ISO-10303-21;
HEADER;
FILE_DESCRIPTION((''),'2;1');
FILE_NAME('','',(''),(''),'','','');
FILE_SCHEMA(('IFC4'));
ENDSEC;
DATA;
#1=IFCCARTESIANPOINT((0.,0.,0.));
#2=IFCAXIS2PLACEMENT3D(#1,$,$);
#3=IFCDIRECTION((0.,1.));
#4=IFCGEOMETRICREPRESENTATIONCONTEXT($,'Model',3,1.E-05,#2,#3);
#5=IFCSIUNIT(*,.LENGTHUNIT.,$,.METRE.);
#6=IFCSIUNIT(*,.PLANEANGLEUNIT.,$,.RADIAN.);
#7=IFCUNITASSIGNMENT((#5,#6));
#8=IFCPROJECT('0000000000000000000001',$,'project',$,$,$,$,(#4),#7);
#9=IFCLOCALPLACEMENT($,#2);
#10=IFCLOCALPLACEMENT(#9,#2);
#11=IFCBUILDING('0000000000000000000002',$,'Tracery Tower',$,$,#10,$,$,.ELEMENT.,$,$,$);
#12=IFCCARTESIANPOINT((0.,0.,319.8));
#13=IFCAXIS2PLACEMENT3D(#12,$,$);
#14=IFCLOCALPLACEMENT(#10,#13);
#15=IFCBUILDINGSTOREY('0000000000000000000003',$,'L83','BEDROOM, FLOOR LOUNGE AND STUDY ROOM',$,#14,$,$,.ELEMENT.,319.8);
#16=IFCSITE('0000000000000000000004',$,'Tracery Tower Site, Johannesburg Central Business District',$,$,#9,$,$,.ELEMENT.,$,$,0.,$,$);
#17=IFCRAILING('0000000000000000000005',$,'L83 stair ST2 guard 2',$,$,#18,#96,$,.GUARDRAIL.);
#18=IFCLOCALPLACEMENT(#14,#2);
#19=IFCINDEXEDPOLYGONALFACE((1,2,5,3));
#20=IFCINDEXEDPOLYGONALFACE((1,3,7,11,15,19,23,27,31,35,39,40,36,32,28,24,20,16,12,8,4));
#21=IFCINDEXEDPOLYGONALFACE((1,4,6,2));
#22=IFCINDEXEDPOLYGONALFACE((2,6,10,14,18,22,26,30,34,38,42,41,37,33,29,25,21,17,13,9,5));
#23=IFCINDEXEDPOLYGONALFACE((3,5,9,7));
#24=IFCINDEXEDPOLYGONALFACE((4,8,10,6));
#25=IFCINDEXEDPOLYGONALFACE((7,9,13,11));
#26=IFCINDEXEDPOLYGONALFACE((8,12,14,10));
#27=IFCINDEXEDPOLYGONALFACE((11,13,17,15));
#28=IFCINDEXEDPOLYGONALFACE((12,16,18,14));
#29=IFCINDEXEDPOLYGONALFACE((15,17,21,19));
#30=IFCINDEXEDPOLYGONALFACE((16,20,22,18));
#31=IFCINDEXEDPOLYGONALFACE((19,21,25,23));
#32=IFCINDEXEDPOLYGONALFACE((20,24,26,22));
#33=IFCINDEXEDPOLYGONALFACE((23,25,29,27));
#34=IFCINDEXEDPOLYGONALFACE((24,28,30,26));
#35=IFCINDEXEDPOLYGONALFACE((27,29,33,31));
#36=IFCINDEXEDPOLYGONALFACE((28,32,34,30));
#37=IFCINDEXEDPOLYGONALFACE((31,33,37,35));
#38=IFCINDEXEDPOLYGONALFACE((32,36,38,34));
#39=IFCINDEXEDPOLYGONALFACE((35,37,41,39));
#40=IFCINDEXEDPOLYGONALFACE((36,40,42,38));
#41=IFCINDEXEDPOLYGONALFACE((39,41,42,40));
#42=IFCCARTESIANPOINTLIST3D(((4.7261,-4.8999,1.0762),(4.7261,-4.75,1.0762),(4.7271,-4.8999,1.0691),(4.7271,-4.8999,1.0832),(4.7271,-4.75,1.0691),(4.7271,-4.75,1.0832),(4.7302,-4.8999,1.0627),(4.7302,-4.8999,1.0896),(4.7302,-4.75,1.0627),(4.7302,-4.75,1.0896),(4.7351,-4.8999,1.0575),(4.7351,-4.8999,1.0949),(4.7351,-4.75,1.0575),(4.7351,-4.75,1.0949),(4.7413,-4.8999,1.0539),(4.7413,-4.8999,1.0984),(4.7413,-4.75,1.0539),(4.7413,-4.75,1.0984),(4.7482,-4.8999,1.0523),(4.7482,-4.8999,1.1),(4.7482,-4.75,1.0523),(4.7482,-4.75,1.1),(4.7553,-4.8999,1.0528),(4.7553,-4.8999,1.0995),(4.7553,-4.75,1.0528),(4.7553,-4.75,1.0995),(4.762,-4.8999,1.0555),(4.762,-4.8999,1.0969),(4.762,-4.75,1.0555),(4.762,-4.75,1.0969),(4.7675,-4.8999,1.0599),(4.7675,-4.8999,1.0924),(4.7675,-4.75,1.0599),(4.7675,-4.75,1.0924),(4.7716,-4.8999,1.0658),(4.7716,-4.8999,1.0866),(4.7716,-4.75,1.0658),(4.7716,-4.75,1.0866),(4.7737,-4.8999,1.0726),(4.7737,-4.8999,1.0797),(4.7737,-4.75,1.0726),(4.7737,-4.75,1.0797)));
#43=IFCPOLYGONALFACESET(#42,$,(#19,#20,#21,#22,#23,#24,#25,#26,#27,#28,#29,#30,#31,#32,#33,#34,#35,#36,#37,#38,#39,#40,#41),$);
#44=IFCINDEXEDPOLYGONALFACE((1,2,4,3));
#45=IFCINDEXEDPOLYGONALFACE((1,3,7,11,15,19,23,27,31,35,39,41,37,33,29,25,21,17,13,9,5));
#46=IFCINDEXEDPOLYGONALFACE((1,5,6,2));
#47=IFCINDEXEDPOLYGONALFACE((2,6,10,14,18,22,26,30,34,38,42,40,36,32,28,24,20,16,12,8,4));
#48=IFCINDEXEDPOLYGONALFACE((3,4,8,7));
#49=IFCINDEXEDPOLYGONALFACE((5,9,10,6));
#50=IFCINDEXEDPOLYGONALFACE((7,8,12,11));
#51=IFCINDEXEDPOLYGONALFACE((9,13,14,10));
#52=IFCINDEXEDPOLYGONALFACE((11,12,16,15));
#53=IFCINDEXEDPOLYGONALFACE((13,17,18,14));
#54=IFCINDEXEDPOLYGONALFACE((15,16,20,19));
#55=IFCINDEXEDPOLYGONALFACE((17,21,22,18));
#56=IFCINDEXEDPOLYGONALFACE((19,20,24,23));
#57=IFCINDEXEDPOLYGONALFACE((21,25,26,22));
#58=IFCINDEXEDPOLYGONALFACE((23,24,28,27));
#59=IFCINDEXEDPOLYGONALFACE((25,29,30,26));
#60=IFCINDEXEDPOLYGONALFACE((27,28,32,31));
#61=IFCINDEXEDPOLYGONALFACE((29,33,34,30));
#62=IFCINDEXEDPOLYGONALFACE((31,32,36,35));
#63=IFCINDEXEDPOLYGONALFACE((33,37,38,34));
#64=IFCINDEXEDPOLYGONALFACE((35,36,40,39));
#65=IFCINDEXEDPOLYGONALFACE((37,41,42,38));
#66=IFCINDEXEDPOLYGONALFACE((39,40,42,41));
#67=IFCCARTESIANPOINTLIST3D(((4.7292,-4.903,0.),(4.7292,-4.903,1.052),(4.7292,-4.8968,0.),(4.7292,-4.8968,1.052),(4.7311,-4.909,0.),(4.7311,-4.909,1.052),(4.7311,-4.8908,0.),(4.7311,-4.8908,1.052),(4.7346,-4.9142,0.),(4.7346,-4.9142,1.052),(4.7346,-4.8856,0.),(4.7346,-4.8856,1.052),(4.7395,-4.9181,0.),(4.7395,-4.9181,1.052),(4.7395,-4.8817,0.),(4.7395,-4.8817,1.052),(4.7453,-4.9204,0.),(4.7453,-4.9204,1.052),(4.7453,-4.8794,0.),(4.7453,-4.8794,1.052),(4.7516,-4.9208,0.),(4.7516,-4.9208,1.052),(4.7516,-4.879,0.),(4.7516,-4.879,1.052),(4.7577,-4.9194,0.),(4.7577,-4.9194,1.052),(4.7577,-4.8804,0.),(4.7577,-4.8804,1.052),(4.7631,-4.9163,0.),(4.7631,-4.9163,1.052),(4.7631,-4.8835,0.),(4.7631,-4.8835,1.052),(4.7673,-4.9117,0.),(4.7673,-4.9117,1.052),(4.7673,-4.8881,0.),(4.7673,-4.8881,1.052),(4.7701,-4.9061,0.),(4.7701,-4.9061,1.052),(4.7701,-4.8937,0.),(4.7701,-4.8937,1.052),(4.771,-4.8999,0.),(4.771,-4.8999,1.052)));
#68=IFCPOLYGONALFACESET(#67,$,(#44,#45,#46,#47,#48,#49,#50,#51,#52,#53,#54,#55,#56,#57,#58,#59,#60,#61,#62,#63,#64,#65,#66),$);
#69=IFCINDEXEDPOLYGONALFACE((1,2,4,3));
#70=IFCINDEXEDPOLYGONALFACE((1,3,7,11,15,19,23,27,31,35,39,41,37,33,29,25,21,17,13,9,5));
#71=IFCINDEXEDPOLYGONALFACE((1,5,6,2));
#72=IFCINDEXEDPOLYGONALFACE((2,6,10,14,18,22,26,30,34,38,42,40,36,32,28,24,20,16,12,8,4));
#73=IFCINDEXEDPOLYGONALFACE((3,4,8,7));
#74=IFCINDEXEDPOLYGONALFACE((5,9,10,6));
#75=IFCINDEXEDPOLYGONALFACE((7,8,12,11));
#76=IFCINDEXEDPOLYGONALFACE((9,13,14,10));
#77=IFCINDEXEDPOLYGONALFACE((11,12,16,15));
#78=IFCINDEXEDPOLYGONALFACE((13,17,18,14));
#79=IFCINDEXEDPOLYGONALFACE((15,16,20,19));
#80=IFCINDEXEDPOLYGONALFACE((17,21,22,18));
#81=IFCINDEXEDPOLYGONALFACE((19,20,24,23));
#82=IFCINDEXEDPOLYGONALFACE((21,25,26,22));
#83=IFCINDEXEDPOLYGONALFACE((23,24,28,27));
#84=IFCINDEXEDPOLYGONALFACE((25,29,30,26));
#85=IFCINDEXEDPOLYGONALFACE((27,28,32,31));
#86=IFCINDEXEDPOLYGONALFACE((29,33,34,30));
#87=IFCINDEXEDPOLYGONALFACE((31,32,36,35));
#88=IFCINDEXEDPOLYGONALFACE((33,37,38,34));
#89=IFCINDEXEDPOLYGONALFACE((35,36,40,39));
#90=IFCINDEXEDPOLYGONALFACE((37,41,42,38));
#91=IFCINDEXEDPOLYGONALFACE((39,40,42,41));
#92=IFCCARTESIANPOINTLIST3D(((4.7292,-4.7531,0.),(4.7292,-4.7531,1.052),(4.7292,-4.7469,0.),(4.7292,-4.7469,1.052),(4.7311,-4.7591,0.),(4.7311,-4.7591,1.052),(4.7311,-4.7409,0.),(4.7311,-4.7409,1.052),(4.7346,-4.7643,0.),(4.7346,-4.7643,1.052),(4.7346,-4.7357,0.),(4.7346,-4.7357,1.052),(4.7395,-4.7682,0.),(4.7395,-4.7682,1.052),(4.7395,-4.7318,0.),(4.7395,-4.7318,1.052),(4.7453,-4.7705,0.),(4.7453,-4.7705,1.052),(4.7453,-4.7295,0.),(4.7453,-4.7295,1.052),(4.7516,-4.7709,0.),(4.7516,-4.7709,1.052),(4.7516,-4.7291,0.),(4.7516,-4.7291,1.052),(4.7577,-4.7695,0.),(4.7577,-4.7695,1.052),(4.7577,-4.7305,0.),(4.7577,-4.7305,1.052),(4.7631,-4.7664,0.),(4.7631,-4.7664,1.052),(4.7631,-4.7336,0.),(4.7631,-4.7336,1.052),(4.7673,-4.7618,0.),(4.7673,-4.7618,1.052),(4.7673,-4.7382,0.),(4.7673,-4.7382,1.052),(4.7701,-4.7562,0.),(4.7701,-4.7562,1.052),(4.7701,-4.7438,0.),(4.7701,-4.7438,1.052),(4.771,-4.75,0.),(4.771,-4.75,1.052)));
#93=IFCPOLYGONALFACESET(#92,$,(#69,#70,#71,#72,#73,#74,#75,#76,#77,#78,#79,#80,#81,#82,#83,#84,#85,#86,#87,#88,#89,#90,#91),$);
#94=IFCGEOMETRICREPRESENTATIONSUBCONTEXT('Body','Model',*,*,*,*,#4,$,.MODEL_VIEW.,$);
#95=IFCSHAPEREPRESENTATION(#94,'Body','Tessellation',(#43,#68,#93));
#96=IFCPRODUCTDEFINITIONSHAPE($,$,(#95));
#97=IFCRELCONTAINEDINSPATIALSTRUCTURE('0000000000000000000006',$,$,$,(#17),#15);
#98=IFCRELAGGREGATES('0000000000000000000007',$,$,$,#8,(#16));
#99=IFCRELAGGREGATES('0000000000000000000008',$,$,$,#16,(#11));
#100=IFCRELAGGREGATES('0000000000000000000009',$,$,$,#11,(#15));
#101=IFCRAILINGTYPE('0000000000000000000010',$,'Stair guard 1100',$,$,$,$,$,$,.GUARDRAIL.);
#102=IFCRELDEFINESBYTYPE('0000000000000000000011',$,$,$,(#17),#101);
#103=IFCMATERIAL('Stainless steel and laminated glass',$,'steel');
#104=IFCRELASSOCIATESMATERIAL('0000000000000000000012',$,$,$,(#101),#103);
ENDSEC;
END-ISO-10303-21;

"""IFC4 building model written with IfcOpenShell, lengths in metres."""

from ifc_helpers import new_model, si_unit, direction, frame, origin, origin_2d, place, context, subcontext, project, spatial, circle, extrude, material, type_object, element, save


model = new_model("IFC4")

# Units and contexts
model_context = context("Model", 3, precision=1e-05, world=origin(), true_north=direction((0.0, 1.0)))
body_context = subcontext(model_context, "Body", "Model", "MODEL_VIEW")
ifc_project = project(units=[si_unit("LENGTHUNIT", "METRE"), si_unit("PLANEANGLEUNIT", "RADIAN")], contexts=[model_context])

# Site, building, storey
site_placement = place(None, origin())
site = spatial("IfcSite", under=ifc_project, at=site_placement, Name="Tracery Tower Site, Johannesburg Central Business District", CompositionType="ELEMENT", RefElevation=0.0)
building_placement = place(site_placement, origin())
building = spatial("IfcBuilding", under=site, at=building_placement, Name="Tracery Tower", CompositionType="ELEMENT")
storey_placement = place(building_placement, frame((0.0, 0.0, 319.8)))
storey = spatial("IfcBuildingStorey", under=building, at=storey_placement, Name="L83", Description="BEDROOM, FLOOR LOUNGE AND STUDY ROOM", CompositionType="ELEMENT", Elevation=319.8)

# Railing
ifc_material_1 = material(Name="Stainless steel and laminated glass", Category="steel")
railing_type_1 = type_object("IfcRailingType", Name="Stair guard 1100", PredefinedType="GUARDRAIL", material=ifc_material_1)
railing_1_placement = place(storey_placement, frame((4.75, -4.8999, 0.0)))
element("IfcRailing", 1, at=railing_1_placement, inside=storey, type_object=railing_type_1, Name="L83 stair ST2 guard 2", PredefinedType="GUARDRAIL", context=body_context, shape_type="SweptSolid", body=[
    extrude(circle(Radius=0.0239, at=origin_2d()), frame((0.0, 0.0, 1.0762), z_axis=(0.0, 1.0, 0.0), x_axis=(-1.0, 0.0, 0.0)), (0.0, 0.0, 1.0), 0.1499),
    extrude(circle(Radius=0.021, at=origin_2d()), origin(), (0.0, 0.0, 1.0), 1.052),
    extrude(circle(Radius=0.021, at=origin_2d()), frame((0.0, 0.1499, 0.0)), (0.0, 0.0, 1.0), 1.052),
])

save(model, "model.ifc")
